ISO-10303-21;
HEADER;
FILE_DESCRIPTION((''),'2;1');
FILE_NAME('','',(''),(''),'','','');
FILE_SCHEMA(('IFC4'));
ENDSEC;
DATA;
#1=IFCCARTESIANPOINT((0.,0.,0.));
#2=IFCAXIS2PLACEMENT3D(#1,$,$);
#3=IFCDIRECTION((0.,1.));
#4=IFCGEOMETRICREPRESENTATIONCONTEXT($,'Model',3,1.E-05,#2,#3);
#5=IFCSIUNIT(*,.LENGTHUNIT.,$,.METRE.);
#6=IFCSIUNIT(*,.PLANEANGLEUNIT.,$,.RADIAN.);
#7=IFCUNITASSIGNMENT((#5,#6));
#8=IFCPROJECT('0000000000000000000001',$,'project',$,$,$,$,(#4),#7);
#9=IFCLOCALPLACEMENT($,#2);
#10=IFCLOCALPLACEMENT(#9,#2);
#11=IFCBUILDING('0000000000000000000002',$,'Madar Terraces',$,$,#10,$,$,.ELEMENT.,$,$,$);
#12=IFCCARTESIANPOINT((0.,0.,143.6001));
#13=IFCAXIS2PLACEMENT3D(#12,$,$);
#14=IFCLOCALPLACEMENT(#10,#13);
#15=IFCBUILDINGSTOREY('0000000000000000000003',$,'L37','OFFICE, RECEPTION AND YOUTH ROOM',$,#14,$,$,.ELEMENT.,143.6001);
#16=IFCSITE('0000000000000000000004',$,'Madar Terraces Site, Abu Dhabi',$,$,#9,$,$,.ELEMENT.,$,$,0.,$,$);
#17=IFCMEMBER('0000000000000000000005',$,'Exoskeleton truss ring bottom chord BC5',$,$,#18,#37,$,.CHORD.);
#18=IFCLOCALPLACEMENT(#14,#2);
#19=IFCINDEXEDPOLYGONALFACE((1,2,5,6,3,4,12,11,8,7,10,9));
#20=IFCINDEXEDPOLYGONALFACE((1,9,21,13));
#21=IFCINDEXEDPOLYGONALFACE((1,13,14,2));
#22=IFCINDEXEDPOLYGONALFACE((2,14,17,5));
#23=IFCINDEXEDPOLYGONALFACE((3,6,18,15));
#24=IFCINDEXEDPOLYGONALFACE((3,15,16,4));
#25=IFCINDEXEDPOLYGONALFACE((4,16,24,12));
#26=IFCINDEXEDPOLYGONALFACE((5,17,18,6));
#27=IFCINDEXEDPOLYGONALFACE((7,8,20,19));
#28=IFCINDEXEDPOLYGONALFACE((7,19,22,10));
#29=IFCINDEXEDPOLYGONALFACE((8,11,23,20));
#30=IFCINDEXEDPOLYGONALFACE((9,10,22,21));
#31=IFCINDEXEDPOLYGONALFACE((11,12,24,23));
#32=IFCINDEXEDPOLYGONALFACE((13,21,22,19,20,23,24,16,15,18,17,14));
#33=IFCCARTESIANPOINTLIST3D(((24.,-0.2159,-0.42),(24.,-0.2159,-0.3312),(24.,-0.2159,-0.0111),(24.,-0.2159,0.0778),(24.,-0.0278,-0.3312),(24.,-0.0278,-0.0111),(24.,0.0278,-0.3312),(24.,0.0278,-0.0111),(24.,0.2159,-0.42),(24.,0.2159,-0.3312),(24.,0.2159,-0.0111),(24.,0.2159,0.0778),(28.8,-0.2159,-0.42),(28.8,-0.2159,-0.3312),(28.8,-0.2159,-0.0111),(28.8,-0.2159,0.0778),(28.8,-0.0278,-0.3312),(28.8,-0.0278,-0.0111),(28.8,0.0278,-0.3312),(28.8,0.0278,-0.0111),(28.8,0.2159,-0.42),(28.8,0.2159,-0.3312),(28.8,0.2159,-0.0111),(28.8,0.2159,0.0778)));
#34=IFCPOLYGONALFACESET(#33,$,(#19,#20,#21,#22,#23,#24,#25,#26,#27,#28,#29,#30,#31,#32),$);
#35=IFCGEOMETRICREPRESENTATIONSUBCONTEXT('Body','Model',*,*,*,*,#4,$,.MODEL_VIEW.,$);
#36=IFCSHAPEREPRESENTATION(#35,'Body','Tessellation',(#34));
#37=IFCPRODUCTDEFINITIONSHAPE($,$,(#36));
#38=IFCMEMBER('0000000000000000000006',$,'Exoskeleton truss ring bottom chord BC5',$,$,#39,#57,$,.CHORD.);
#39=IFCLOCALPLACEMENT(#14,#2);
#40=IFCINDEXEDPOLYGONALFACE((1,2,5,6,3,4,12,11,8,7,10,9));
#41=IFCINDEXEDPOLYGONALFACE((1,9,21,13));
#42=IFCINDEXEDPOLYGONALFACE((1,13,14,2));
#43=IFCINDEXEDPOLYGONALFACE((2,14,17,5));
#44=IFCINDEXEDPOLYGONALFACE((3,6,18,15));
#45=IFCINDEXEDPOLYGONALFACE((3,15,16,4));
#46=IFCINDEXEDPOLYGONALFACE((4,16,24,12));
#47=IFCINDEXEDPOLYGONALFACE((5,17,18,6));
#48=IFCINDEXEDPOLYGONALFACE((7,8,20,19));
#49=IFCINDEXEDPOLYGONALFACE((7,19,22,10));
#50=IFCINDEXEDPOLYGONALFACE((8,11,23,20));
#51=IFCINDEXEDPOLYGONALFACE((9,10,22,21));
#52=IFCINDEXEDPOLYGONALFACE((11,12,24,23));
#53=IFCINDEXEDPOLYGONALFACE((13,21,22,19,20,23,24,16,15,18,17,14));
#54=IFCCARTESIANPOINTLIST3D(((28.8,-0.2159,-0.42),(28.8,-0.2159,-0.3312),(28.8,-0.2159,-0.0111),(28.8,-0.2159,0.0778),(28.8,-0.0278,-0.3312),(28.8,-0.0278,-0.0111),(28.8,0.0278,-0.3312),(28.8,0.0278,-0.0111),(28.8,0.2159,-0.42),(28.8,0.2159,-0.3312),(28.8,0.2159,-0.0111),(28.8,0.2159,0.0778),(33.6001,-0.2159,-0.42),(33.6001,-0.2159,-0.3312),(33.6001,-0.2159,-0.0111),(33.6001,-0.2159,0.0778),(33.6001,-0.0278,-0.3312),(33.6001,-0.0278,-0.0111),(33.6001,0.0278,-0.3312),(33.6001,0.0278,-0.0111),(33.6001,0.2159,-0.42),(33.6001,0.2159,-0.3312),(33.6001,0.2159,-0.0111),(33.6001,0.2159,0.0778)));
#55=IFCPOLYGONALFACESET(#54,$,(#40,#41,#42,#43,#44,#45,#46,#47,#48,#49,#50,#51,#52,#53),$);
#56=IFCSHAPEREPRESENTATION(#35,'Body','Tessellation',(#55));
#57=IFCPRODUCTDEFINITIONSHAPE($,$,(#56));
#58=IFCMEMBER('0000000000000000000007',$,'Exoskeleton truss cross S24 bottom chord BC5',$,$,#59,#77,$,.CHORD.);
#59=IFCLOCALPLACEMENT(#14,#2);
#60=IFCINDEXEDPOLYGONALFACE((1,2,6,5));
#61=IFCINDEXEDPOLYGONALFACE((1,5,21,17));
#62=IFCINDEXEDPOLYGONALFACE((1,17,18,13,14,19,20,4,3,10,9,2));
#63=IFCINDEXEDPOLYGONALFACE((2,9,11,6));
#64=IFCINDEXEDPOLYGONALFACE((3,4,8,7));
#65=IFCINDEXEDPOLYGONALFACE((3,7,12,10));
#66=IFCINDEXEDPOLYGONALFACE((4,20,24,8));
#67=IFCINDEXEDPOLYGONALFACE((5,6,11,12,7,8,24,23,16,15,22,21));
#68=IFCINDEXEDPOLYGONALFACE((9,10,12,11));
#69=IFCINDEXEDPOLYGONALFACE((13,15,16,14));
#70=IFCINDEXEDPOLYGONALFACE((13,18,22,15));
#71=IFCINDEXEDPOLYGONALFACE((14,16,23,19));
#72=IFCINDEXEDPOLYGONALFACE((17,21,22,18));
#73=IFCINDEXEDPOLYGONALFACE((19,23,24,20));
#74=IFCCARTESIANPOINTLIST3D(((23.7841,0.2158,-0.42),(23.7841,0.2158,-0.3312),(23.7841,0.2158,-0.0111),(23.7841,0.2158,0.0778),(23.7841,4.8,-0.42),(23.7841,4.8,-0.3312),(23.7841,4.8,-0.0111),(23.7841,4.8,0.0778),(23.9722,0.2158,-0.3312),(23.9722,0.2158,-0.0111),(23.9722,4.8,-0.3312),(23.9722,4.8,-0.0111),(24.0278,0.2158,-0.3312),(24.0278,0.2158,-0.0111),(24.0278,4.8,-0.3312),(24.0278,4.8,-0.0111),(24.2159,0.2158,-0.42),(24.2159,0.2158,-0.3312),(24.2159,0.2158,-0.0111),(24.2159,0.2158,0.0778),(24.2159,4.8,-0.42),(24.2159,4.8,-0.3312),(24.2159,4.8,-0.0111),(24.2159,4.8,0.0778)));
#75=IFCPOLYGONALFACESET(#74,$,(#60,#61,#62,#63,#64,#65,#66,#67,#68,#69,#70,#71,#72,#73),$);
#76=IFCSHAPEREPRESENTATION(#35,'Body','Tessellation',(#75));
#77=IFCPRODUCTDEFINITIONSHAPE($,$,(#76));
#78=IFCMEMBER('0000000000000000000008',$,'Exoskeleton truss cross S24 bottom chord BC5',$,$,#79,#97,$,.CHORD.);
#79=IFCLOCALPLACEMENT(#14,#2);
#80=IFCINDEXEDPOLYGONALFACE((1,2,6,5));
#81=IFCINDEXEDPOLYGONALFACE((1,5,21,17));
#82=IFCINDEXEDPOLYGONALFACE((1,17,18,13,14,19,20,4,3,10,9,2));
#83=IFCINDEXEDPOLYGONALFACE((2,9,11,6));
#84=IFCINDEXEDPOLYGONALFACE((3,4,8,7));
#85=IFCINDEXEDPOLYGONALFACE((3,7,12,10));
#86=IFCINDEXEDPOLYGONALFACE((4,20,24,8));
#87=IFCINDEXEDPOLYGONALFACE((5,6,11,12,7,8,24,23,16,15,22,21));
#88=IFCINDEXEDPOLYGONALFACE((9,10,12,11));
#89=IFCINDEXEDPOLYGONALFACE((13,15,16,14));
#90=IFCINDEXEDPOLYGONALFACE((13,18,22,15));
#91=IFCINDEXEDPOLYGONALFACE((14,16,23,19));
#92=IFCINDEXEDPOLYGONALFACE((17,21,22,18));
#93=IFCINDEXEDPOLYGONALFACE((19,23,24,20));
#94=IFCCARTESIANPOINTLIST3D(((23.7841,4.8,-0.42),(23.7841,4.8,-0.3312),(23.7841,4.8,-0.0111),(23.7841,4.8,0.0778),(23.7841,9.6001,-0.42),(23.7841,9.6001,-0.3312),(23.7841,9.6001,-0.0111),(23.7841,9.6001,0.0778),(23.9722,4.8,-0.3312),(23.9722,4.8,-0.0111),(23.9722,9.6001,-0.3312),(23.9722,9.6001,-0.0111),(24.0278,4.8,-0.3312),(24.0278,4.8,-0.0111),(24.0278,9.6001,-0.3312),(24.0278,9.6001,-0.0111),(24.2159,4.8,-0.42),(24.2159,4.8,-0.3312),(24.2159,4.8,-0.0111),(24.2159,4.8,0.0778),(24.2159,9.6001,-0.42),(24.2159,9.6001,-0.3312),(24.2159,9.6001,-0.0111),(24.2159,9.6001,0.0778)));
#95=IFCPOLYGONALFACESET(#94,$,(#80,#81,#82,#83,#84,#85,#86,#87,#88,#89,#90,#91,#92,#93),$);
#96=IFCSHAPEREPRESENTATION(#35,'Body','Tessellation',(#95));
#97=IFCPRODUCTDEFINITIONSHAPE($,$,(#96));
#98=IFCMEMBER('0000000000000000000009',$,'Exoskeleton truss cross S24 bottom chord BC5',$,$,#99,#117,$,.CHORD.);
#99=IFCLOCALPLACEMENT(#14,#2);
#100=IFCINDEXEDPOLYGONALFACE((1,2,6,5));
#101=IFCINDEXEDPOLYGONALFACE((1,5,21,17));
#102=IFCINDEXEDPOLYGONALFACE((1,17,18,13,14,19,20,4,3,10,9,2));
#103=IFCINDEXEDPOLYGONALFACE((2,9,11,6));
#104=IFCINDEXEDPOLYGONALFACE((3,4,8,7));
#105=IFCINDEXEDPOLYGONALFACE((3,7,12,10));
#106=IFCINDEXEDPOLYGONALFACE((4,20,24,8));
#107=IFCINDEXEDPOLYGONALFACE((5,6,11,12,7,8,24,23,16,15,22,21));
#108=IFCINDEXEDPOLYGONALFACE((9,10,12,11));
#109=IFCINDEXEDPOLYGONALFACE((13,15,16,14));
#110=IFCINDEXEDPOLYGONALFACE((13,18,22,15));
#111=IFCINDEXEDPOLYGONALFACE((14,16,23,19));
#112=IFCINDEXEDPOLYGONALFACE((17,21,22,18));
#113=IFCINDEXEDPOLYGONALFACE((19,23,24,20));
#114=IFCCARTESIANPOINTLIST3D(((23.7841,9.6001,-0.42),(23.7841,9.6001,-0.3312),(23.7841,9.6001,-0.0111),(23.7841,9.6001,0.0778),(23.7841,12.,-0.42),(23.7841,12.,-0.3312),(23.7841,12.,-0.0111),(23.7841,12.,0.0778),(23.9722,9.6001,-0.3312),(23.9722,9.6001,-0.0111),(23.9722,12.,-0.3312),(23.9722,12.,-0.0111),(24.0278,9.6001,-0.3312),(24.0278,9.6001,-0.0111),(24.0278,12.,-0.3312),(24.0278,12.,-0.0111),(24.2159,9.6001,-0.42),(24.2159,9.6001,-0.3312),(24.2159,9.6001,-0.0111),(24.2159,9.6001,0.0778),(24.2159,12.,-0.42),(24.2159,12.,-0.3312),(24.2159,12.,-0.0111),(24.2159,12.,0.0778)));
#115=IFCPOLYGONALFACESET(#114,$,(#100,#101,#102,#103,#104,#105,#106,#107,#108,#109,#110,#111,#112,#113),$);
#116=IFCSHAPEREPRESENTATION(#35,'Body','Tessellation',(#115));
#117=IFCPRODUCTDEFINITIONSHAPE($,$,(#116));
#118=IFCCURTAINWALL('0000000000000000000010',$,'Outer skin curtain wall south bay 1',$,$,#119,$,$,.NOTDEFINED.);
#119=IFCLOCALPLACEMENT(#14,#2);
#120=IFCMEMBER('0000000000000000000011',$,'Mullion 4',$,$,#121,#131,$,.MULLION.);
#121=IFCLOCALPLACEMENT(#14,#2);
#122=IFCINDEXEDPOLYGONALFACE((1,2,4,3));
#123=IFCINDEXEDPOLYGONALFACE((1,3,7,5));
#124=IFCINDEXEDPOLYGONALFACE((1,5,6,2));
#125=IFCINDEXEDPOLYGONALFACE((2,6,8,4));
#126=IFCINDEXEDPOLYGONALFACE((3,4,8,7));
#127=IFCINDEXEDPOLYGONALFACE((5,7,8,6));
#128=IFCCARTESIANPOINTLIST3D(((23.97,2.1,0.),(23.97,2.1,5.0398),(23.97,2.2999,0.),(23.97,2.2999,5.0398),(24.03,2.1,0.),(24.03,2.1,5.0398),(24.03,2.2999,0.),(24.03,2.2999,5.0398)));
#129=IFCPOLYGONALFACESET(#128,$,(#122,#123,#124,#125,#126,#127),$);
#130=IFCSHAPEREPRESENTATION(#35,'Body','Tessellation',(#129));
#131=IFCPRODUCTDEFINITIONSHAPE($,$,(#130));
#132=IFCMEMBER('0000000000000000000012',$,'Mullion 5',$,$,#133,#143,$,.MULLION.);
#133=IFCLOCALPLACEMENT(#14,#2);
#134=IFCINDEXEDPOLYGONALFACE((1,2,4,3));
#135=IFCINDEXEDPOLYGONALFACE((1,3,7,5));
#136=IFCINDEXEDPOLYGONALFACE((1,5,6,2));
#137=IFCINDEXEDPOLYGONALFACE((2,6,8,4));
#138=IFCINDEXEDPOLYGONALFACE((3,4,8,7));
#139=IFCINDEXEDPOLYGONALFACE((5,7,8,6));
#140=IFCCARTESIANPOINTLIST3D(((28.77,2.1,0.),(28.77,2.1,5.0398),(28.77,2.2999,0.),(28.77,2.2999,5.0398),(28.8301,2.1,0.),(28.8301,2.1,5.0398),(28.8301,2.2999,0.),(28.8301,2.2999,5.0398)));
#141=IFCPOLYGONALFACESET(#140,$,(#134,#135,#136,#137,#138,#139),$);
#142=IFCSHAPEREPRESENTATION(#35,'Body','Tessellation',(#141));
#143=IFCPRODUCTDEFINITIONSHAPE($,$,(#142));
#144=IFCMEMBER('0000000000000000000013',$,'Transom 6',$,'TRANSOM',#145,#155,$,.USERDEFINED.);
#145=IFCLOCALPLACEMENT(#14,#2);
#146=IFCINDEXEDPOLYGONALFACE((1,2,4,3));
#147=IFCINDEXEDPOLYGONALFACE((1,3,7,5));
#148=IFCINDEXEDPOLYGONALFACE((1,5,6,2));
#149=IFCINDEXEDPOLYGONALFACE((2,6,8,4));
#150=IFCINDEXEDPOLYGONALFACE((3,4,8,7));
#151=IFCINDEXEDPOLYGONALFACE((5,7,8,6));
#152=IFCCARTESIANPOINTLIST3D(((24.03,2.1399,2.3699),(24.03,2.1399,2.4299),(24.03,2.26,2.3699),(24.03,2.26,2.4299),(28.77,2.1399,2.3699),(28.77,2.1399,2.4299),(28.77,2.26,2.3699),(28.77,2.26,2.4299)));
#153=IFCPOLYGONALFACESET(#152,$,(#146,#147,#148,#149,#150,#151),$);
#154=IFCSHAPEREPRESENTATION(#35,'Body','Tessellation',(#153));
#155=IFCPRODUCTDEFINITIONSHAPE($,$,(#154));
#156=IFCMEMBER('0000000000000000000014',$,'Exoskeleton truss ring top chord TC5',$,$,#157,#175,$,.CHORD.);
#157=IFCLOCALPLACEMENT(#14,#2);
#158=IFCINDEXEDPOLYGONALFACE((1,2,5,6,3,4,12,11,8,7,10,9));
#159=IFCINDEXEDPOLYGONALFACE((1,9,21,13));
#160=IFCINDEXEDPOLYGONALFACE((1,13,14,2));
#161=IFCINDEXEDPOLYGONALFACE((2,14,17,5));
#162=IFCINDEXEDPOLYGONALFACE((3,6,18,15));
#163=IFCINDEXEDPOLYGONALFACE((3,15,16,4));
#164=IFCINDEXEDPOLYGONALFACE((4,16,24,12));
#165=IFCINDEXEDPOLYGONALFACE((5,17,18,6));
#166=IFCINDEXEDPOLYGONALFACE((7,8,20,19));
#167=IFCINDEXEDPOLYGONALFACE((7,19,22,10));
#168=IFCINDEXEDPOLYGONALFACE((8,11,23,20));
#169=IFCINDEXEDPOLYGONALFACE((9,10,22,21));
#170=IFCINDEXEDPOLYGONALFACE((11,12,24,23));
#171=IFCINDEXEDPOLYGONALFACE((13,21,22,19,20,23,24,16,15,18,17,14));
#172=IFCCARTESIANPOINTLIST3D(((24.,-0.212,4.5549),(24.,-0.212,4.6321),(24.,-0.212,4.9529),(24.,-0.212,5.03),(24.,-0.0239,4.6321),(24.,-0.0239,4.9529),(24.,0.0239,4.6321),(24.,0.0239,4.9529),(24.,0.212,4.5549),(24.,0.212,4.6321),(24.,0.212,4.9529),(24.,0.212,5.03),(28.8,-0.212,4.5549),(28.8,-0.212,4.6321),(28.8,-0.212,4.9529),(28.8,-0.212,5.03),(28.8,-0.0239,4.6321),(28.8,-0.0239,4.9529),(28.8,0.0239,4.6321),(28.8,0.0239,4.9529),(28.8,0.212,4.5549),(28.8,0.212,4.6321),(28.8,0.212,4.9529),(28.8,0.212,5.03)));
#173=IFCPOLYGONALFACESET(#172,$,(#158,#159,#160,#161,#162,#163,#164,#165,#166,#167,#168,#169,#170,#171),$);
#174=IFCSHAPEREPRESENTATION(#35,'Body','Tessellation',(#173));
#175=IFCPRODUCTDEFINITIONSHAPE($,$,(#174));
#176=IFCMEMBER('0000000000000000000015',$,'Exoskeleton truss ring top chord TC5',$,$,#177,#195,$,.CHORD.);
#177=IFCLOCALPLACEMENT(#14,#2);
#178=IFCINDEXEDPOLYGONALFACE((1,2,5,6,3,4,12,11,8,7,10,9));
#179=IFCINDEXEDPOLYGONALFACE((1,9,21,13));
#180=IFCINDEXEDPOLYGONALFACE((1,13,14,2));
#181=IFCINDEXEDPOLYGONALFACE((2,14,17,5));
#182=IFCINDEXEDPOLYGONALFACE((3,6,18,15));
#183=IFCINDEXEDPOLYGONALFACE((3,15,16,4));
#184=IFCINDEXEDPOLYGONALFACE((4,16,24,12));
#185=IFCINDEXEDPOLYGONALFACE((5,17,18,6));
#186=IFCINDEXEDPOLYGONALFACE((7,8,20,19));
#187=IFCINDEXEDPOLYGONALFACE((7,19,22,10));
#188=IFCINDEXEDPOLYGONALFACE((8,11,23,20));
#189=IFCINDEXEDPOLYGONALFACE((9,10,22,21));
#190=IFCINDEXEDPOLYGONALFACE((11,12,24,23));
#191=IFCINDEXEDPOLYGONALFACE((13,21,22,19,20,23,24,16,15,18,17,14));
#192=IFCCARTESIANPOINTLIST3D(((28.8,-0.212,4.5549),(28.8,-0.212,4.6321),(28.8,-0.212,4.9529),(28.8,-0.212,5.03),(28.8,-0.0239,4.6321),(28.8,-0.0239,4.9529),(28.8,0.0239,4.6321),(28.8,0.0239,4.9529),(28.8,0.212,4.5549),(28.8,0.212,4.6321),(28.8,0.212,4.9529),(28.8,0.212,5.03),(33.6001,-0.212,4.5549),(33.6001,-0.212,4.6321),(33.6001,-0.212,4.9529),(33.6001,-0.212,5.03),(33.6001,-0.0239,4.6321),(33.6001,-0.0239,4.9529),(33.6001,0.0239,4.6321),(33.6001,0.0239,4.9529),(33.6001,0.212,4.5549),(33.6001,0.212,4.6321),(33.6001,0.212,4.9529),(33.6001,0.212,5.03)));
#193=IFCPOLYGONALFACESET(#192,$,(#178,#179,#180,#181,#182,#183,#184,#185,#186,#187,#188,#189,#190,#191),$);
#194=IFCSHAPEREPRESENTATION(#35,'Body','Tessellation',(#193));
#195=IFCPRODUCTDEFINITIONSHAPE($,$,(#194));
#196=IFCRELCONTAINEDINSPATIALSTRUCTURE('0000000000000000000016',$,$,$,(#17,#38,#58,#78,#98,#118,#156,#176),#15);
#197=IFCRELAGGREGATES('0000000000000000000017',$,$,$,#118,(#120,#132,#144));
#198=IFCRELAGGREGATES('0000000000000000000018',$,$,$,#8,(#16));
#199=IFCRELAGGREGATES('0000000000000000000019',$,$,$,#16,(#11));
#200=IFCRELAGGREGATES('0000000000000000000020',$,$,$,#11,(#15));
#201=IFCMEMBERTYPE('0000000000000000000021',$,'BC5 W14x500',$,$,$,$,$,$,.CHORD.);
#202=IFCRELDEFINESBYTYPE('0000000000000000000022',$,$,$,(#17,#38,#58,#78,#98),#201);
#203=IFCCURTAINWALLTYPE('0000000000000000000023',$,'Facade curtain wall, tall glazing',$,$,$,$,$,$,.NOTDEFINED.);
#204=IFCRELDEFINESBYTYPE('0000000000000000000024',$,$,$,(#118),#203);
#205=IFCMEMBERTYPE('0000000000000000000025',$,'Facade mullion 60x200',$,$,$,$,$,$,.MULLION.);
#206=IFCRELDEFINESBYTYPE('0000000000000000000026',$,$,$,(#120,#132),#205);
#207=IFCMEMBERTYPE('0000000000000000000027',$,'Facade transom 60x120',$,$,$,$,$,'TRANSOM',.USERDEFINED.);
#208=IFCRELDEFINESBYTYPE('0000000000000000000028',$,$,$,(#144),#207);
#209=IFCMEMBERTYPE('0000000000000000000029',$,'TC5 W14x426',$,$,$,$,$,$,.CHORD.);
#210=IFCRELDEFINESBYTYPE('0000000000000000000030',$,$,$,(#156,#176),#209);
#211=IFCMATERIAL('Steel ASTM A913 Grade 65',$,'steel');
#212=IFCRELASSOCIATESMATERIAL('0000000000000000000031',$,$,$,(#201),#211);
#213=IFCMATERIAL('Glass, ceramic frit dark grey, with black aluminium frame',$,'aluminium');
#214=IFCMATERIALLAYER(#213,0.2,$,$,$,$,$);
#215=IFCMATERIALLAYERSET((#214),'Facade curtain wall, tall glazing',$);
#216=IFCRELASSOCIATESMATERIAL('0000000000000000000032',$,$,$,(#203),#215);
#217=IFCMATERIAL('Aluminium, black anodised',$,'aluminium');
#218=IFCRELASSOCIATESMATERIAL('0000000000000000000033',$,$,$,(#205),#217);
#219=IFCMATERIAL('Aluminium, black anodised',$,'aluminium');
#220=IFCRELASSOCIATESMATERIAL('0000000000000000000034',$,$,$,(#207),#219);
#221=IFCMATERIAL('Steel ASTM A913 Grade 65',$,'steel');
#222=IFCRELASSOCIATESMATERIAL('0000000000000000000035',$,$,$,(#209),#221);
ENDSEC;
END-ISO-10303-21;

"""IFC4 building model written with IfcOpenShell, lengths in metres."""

from ifc_helpers import new_model, si_unit, direction, frame, origin, origin_2d, place, context, subcontext, project, spatial, rectangle, i_section, extrude, material, layer, layer_set, material_profile, profile_set, type_object, element, aggregate, save


model = new_model("IFC4")

# Units and contexts
model_context = context("Model", 3, precision=1e-05, world=origin(), true_north=direction((0.0, 1.0)))
body_context = subcontext(model_context, "Body", "Model", "MODEL_VIEW")
ifc_project = project(units=[si_unit("LENGTHUNIT", "METRE"), si_unit("PLANEANGLEUNIT", "RADIAN")], contexts=[model_context])

# Site, building, storey
site_placement = place(None, origin())
site = spatial("IfcSite", under=ifc_project, at=site_placement, Name="Madar Terraces Site, Abu Dhabi", CompositionType="ELEMENT", RefElevation=0.0)
building_placement = place(site_placement, origin())
building = spatial("IfcBuilding", under=site, at=building_placement, Name="Madar Terraces", CompositionType="ELEMENT")
storey_placement = place(building_placement, frame((0.0, 0.0, 143.6001)))
storey = spatial("IfcBuildingStorey", under=building, at=storey_placement, Name="L37", Description="OFFICE, RECEPTION AND YOUTH ROOM", CompositionType="ELEMENT", Elevation=143.6001)

# Members
ifc_material_1 = material(Name="Steel ASTM A913 Grade 65", Category="steel")
ifc_material_profile_1 = material_profile(ifc_material_1, i_section(OverallWidth=0.4319, OverallDepth=0.4978, WebThickness=0.0557, FlangeThickness=0.0889, at=origin_2d()), Name="W14x500")
ifc_profile_set_1 = profile_set([ifc_material_profile_1], Name="Steel ASTM A913 Grade 65")
member_type_1 = type_object("IfcMemberType", Name="BC5 W14x500", PredefinedType="CHORD", material=ifc_profile_set_1)
for number, where, z_axis, x_axis, name in (
    (1, (24.0, 0.0, -0.1711), (1.0, 0.0, 0.0), (0.0, 1.0, 0.0), "Exoskeleton truss ring bottom chord BC5"),
    (2, (28.8, 0.0, -0.1711), (1.0, 0.0, 0.0), (0.0, 1.0, 0.0), "Exoskeleton truss ring bottom chord BC5"),
):
    element("IfcMember", number, at=place(storey_placement, frame(where, z_axis=z_axis, x_axis=x_axis)), inside=storey, type_object=member_type_1, Name=name, PredefinedType="CHORD", context=body_context, shape_type="SweptSolid", body=[
        extrude(i_section(OverallWidth=0.4319, OverallDepth=0.4978, WebThickness=0.0557, FlangeThickness=0.0889, at=origin_2d()), origin(), (0.0, 0.0, 1.0), 4.8),
    ])
member_1_placement = place(storey_placement, frame((24.0, 0.2158, -0.1711), z_axis=(0.0, 1.0, 0.0), x_axis=(-1.0, 0.0, 0.0)))
element("IfcMember", 3, at=member_1_placement, inside=storey, type_object=member_type_1, Name="Exoskeleton truss cross S24 bottom chord BC5", PredefinedType="CHORD", context=body_context, shape_type="SweptSolid", body=[
    extrude(i_section(OverallWidth=0.4319, OverallDepth=0.4978, WebThickness=0.0557, FlangeThickness=0.0889, at=origin_2d()), origin(), (0.0, 0.0, 1.0), 4.5842),
])
member_2_placement = place(storey_placement, frame((24.0, 4.8, -0.1711), z_axis=(0.0, 1.0, 0.0), x_axis=(-1.0, 0.0, 0.0)))
element("IfcMember", 4, at=member_2_placement, inside=storey, type_object=member_type_1, Name="Exoskeleton truss cross S24 bottom chord BC5", PredefinedType="CHORD", context=body_context, shape_type="SweptSolid", body=[
    extrude(i_section(OverallWidth=0.4319, OverallDepth=0.4978, WebThickness=0.0557, FlangeThickness=0.0889, at=origin_2d()), origin(), (0.0, 0.0, 1.0), 4.8),
])
member_3_placement = place(storey_placement, frame((24.0, 9.6001, -0.1711), z_axis=(0.0, 1.0, 0.0), x_axis=(-1.0, 0.0, 0.0)))
element("IfcMember", 5, at=member_3_placement, inside=storey, type_object=member_type_1, Name="Exoskeleton truss cross S24 bottom chord BC5", PredefinedType="CHORD", context=body_context, shape_type="SweptSolid", body=[
    extrude(i_section(OverallWidth=0.4319, OverallDepth=0.4978, WebThickness=0.0557, FlangeThickness=0.0889, at=origin_2d()), origin(), (0.0, 0.0, 1.0), 2.3999),
])

# Curtain wall, members
ifc_material_2 = material(Name="Glass, ceramic frit dark grey, with black aluminium frame", Category="aluminium")
ifc_layer_1 = layer(ifc_material_2, 0.2)
ifc_layer_set_1 = layer_set([ifc_layer_1], Name="Facade curtain wall, tall glazing")
curtain_wall_type = type_object("IfcCurtainWallType", Name="Facade curtain wall, tall glazing", PredefinedType="NOTDEFINED", material=ifc_layer_set_1)
curtain_wall_placement = place(storey_placement, origin())
curtain_wall = element("IfcCurtainWall", 6, at=curtain_wall_placement, inside=storey, type_object=curtain_wall_type, Name="Outer skin curtain wall south bay 1", PredefinedType="NOTDEFINED")
ifc_material_3 = material(Name="Aluminium, black anodised", Category="aluminium")
ifc_material_profile_2 = material_profile(ifc_material_3, rectangle(XDim=0.2, YDim=0.0601, at=origin_2d()), Name="Facade mullion 60x200")
ifc_profile_set_2 = profile_set([ifc_material_profile_2], Name="Aluminium, black anodised")
member_type_2 = type_object("IfcMemberType", Name="Facade mullion 60x200", PredefinedType="MULLION", material=ifc_profile_set_2)
member_4_placement = place(storey_placement, frame((24.0, 2.2, 0.0), z_axis=(0.0, 0.0, 1.0), x_axis=(0.0, 1.0, 0.0)))
member_4 = element("IfcMember", 7, at=member_4_placement, type_object=member_type_2, Name="Mullion 4", PredefinedType="MULLION", context=body_context, shape_type="SweptSolid", body=[
    extrude(rectangle(XDim=0.2, YDim=0.0601, at=origin_2d()), origin(), (0.0, 0.0, 1.0), 5.0398),
])
member_5_placement = place(storey_placement, frame((28.8, 2.2, 0.0), z_axis=(0.0, 0.0, 1.0), x_axis=(0.0, 1.0, 0.0)))
member_5 = element("IfcMember", 8, at=member_5_placement, type_object=member_type_2, Name="Mullion 5", PredefinedType="MULLION", context=body_context, shape_type="SweptSolid", body=[
    extrude(rectangle(XDim=0.2, YDim=0.0601, at=origin_2d()), origin(), (0.0, 0.0, 1.0), 5.0398),
])
ifc_material_4 = material(Name="Aluminium, black anodised", Category="aluminium")
ifc_material_profile_3 = material_profile(ifc_material_4, rectangle(XDim=0.1201, YDim=0.0601, at=origin_2d()), Name="Facade transom 60x120")
ifc_profile_set_3 = profile_set([ifc_material_profile_3], Name="Aluminium, black anodised")
member_type_3 = type_object("IfcMemberType", Name="Facade transom 60x120", ElementType="TRANSOM", PredefinedType="USERDEFINED", material=ifc_profile_set_3)
member_6_placement = place(storey_placement, frame((24.03, 2.2, 2.3999), z_axis=(1.0, 0.0, 0.0), x_axis=(0.0, 1.0, 0.0)))
member_6 = element("IfcMember", 9, at=member_6_placement, type_object=member_type_3, Name="Transom 6", ObjectType="TRANSOM", PredefinedType="USERDEFINED", context=body_context, shape_type="SweptSolid", body=[
    extrude(rectangle(XDim=0.1201, YDim=0.0601, at=origin_2d()), origin(), (0.0, 0.0, 1.0), 4.74),
])

# Members
ifc_material_5 = material(Name="Steel ASTM A913 Grade 65", Category="steel")
ifc_material_profile_4 = material_profile(ifc_material_5, i_section(OverallWidth=0.4241, OverallDepth=0.4751, WebThickness=0.0479, FlangeThickness=0.0771, at=origin_2d()), Name="W14x426")
ifc_profile_set_4 = profile_set([ifc_material_profile_4], Name="Steel ASTM A913 Grade 65")
member_type_4 = type_object("IfcMemberType", Name="TC5 W14x426", PredefinedType="CHORD", material=ifc_profile_set_4)
for number, where, z_axis, x_axis, name in (
    (10, (24.0, 0.0, 4.7925), (1.0, 0.0, 0.0), (0.0, 1.0, 0.0), "Exoskeleton truss ring top chord TC5"),
    (11, (28.8, 0.0, 4.7925), (1.0, 0.0, 0.0), (0.0, 1.0, 0.0), "Exoskeleton truss ring top chord TC5"),
):
    element("IfcMember", number, at=place(storey_placement, frame(where, z_axis=z_axis, x_axis=x_axis)), inside=storey, type_object=member_type_4, Name=name, PredefinedType="CHORD", context=body_context, shape_type="SweptSolid", body=[
        extrude(i_section(OverallWidth=0.4241, OverallDepth=0.4751, WebThickness=0.0479, FlangeThickness=0.0771, at=origin_2d()), origin(), (0.0, 0.0, 1.0), 4.8),
    ])

aggregate(curtain_wall, [member_4, member_5, member_6])

save(model, "model.ifc")
